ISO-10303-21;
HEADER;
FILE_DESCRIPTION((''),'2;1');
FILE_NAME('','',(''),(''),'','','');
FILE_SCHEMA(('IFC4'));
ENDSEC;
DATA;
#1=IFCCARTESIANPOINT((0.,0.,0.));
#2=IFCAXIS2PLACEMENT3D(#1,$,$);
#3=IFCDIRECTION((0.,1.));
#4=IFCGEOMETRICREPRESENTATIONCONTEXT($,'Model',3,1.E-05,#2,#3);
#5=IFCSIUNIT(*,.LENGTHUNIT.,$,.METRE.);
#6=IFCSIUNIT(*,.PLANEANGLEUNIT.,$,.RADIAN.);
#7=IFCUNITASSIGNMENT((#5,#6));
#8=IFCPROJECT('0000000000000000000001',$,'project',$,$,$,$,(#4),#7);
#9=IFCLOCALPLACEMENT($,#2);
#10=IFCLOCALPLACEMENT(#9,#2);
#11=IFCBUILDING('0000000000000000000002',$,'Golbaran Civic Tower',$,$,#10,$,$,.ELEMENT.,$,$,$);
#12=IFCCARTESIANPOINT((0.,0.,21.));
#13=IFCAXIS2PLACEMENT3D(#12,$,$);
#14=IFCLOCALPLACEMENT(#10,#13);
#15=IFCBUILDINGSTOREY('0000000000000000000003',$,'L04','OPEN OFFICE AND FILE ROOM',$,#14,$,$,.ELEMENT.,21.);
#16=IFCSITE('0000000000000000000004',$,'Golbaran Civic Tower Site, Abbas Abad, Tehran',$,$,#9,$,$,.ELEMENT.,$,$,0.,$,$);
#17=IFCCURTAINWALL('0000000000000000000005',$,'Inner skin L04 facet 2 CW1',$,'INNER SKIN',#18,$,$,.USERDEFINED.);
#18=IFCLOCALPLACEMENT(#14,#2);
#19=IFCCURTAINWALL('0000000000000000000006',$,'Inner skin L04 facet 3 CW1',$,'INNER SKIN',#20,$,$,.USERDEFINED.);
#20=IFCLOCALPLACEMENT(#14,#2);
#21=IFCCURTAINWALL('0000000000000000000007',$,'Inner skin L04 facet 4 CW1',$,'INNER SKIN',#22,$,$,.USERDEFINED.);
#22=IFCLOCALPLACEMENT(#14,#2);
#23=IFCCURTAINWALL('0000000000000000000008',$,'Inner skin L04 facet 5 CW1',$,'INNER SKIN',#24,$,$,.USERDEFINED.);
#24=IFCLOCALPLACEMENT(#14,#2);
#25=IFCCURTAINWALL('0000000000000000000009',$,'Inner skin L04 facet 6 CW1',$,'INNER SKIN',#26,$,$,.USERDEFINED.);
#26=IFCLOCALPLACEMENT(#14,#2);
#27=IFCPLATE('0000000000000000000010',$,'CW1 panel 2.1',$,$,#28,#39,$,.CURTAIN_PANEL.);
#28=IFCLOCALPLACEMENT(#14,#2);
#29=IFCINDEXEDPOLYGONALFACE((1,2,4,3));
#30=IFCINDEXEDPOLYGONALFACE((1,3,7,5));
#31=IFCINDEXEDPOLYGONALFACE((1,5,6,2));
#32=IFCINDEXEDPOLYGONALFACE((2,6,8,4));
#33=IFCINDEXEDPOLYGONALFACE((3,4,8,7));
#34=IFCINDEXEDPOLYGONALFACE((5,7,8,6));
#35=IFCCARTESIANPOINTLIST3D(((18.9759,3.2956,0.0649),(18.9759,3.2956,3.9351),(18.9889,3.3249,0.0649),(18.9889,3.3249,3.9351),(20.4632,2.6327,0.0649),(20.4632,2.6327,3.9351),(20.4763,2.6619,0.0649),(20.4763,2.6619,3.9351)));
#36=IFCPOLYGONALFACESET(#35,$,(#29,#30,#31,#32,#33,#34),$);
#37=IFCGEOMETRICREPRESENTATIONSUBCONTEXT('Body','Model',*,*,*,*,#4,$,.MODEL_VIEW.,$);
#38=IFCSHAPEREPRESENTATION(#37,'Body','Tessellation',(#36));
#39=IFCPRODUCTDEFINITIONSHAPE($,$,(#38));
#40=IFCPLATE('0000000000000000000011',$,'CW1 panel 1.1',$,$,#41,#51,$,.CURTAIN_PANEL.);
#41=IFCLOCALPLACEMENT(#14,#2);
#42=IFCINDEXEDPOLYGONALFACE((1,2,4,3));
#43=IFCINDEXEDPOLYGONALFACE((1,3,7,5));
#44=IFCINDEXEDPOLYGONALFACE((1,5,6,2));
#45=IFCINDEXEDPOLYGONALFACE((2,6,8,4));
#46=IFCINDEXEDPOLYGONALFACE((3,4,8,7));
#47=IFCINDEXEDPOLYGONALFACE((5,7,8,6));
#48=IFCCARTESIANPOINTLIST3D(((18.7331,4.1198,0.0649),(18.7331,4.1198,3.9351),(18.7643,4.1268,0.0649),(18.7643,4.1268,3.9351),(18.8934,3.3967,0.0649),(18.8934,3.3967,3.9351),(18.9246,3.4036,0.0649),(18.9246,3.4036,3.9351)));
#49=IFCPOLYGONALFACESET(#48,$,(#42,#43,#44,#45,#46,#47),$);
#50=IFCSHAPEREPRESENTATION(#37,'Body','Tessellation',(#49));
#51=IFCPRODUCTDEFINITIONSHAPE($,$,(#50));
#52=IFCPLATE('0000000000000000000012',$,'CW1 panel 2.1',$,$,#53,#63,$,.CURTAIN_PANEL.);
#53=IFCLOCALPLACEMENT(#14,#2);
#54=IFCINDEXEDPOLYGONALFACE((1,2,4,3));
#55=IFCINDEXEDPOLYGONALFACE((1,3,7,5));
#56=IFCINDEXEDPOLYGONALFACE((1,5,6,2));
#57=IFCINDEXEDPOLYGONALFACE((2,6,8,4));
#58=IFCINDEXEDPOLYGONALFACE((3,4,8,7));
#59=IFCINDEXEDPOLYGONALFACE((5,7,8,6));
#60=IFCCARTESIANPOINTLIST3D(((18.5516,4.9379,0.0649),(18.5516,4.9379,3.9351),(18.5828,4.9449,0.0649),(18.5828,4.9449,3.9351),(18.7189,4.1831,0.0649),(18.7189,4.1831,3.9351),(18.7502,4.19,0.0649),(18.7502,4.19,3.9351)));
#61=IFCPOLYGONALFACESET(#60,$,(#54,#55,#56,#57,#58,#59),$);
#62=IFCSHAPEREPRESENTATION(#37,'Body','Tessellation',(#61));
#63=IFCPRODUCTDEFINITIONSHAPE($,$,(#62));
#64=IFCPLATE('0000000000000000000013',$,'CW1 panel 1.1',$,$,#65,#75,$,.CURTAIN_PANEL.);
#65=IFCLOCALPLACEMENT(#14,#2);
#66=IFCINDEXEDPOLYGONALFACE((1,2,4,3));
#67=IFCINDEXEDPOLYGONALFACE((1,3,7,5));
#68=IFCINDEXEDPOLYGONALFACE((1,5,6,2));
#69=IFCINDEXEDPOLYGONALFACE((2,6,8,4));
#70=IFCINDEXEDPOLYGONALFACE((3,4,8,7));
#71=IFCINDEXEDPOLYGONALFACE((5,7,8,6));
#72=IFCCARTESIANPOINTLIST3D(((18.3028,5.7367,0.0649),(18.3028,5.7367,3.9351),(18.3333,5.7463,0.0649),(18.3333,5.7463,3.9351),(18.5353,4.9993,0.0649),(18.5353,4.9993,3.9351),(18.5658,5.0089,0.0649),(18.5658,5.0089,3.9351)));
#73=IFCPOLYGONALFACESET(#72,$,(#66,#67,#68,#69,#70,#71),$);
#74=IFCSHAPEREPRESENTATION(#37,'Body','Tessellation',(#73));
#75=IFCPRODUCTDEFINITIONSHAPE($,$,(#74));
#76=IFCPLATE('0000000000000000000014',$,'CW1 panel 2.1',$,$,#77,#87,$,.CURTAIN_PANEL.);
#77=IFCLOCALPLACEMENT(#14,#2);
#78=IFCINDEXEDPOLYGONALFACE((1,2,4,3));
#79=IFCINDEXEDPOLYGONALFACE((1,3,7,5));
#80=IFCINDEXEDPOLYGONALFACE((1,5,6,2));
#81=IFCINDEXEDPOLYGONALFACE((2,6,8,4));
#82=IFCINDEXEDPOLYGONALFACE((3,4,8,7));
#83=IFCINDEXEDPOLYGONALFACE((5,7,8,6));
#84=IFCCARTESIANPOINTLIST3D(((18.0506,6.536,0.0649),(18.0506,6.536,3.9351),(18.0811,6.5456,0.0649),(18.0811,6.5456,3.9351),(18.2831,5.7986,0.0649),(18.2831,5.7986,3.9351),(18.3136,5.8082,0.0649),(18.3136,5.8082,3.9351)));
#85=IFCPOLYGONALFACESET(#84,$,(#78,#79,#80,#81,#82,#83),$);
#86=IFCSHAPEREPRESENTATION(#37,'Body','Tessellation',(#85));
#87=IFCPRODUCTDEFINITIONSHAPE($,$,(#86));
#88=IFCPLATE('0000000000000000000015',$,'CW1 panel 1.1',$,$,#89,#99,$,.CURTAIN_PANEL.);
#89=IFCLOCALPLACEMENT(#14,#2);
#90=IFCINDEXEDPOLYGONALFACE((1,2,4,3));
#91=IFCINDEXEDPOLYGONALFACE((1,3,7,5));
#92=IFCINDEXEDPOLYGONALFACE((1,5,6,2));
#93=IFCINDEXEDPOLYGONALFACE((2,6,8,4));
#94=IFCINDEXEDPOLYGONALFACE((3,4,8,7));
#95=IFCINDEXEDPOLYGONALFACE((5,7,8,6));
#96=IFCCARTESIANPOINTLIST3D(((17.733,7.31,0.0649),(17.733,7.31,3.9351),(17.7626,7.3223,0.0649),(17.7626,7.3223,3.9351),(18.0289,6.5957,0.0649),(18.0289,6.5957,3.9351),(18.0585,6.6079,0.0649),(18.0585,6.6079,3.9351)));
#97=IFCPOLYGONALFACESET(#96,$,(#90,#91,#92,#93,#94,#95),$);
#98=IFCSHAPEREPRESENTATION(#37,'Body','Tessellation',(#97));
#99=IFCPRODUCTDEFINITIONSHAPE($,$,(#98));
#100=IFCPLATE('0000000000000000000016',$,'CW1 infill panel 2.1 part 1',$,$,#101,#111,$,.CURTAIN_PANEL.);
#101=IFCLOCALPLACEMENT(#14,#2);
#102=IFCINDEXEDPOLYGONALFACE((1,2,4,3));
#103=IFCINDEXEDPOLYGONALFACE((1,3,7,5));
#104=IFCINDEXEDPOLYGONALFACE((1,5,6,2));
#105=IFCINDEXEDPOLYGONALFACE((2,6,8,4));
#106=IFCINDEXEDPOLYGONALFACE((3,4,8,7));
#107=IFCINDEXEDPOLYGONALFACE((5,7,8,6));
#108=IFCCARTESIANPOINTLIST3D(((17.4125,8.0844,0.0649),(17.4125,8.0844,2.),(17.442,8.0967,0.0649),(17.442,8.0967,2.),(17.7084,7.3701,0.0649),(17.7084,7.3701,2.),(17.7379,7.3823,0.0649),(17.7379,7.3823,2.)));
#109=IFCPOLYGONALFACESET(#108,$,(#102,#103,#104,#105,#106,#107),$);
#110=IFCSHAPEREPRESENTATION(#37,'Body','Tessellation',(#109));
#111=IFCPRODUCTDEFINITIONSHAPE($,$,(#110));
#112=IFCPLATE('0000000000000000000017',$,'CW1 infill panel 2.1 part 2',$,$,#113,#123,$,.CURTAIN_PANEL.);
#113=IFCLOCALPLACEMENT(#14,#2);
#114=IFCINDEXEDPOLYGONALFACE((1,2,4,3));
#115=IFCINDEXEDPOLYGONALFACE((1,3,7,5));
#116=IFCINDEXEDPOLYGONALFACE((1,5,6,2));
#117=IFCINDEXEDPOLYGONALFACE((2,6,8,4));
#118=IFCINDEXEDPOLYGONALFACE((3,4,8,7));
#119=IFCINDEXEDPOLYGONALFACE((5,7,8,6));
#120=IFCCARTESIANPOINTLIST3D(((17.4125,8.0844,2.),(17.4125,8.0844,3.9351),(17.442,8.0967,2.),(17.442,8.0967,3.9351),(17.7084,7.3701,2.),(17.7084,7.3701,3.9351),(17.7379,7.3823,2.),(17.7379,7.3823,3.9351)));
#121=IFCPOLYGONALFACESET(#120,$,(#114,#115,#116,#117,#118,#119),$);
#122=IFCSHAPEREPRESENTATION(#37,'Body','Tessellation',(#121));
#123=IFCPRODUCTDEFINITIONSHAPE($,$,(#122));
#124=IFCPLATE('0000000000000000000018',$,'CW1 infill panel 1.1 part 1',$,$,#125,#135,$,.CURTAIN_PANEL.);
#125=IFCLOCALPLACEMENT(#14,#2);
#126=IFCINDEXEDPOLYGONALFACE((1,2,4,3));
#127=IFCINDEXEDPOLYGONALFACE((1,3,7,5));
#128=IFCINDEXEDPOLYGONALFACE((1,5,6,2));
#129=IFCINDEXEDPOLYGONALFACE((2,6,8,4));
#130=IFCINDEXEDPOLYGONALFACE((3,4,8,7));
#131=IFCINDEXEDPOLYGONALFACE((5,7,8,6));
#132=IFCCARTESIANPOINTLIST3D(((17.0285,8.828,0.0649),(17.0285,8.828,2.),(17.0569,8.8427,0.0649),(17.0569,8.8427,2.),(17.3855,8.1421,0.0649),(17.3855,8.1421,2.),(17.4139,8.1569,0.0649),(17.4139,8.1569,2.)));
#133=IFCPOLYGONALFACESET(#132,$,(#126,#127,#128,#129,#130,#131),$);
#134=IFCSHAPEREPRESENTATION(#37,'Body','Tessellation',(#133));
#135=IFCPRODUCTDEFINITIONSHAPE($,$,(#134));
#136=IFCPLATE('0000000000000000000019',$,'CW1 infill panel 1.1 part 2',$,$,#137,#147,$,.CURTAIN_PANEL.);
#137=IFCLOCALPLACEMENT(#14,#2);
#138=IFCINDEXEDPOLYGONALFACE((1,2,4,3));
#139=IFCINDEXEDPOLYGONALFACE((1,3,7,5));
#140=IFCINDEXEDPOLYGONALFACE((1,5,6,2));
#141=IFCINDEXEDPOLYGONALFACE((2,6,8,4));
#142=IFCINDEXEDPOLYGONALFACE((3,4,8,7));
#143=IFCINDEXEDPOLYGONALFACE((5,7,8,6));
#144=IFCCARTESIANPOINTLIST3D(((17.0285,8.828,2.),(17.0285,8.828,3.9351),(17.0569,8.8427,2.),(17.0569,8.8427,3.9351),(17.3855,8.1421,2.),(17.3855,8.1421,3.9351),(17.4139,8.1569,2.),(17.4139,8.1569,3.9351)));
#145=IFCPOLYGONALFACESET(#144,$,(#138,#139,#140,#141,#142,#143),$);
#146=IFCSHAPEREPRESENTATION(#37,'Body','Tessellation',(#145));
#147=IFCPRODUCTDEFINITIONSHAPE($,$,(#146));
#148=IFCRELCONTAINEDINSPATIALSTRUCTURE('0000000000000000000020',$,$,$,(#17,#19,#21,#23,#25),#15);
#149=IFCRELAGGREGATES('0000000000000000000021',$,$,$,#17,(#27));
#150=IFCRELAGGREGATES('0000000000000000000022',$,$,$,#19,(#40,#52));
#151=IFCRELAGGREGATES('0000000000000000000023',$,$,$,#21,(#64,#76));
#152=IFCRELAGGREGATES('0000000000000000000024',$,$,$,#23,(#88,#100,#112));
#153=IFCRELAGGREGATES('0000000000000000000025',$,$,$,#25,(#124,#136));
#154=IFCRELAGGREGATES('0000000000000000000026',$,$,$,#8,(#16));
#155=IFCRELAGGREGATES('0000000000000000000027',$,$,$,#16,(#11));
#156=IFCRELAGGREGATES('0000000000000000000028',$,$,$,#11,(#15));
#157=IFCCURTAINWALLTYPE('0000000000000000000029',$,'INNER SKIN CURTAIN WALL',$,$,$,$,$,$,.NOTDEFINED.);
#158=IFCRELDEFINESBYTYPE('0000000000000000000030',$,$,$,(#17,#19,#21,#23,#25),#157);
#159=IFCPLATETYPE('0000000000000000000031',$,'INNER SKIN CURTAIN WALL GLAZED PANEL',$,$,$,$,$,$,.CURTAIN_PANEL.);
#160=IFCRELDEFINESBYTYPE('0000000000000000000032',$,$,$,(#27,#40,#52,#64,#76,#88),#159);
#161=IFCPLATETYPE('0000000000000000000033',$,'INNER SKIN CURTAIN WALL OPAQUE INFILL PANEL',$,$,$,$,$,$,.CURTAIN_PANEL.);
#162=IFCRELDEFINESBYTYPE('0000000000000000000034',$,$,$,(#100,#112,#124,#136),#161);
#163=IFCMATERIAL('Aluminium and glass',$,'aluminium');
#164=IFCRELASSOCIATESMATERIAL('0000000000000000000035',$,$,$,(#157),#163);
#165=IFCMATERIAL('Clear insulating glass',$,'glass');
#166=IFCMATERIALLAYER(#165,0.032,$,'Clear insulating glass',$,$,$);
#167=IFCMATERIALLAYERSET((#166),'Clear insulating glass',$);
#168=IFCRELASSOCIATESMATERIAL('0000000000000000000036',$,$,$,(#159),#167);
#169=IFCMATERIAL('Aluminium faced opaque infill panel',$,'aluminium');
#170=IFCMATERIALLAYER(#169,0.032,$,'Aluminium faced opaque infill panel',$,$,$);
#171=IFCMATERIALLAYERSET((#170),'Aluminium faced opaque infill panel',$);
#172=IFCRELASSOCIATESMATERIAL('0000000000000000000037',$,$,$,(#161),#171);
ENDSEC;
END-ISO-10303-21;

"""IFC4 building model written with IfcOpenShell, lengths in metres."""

from ifc_helpers import new_model, si_unit, direction, frame, origin, origin_2d, place, context, subcontext, project, spatial, rectangle, extrude, material, layer, layer_set, type_object, element, aggregate, save


model = new_model("IFC4")

# Units and contexts
model_context = context("Model", 3, precision=1e-05, world=origin(), true_north=direction((0.0, 1.0)))
body_context = subcontext(model_context, "Body", "Model", "MODEL_VIEW")
ifc_project = project(units=[si_unit("LENGTHUNIT", "METRE"), si_unit("PLANEANGLEUNIT", "RADIAN")], contexts=[model_context])

# Site, building, storey
site_placement = place(None, origin())
site = spatial("IfcSite", under=ifc_project, at=site_placement, Name="Golbaran Civic Tower Site, Abbas Abad, Tehran", CompositionType="ELEMENT", RefElevation=0.0)
building_placement = place(site_placement, origin())
building = spatial("IfcBuilding", under=site, at=building_placement, Name="Golbaran Civic Tower", CompositionType="ELEMENT")
storey_placement = place(building_placement, frame((0.0, 0.0, 21.0)))
storey = spatial("IfcBuildingStorey", under=building, at=storey_placement, Name="L04", Description="OPEN OFFICE AND FILE ROOM", CompositionType="ELEMENT", Elevation=21.0)

# Curtain walls
ifc_material_1 = material(Name="Aluminium and glass", Category="aluminium")
curtain_wall_type = type_object("IfcCurtainWallType", Name="INNER SKIN CURTAIN WALL", PredefinedType="NOTDEFINED", material=ifc_material_1)
curtain_wall_1_placement = place(storey_placement, origin())
curtain_wall_1 = element("IfcCurtainWall", 1, at=curtain_wall_1_placement, inside=storey, type_object=curtain_wall_type, Name="Inner skin L04 facet 2 CW1", ObjectType="INNER SKIN", PredefinedType="USERDEFINED")
curtain_wall_2_placement = place(storey_placement, origin())
curtain_wall_2 = element("IfcCurtainWall", 2, at=curtain_wall_2_placement, inside=storey, type_object=curtain_wall_type, Name="Inner skin L04 facet 3 CW1", ObjectType="INNER SKIN", PredefinedType="USERDEFINED")
curtain_wall_3_placement = place(storey_placement, origin())
curtain_wall_3 = element("IfcCurtainWall", 3, at=curtain_wall_3_placement, inside=storey, type_object=curtain_wall_type, Name="Inner skin L04 facet 4 CW1", ObjectType="INNER SKIN", PredefinedType="USERDEFINED")
curtain_wall_4_placement = place(storey_placement, origin())
curtain_wall_4 = element("IfcCurtainWall", 4, at=curtain_wall_4_placement, inside=storey, type_object=curtain_wall_type, Name="Inner skin L04 facet 5 CW1", ObjectType="INNER SKIN", PredefinedType="USERDEFINED")

# Curtain wall
curtain_wall_5_placement = place(storey_placement, origin())
curtain_wall_5 = element("IfcCurtainWall", 5, at=curtain_wall_5_placement, inside=storey, type_object=curtain_wall_type, Name="Inner skin L04 facet 6 CW1", ObjectType="INNER SKIN", PredefinedType="USERDEFINED")

# Plates
ifc_material_2 = material(Name="Clear insulating glass", Category="glass")
ifc_layer_1 = layer(ifc_material_2, 0.032, Name="Clear insulating glass")
ifc_layer_set_1 = layer_set([ifc_layer_1], Name="Clear insulating glass")
plate_type_1 = type_object("IfcPlateType", Name="INNER SKIN CURTAIN WALL GLAZED PANEL", PredefinedType="CURTAIN_PANEL", material=ifc_layer_set_1)
plate_1_placement = place(storey_placement, frame((19.7261, 2.9788, 0.0649), z_axis=(0.0, 0.0, 1.0), x_axis=(-0.913367, 0.407136, 0.0)))
plate_1 = element("IfcPlate", 6, at=plate_1_placement, type_object=plate_type_1, Name="CW1 panel 2.1", PredefinedType="CURTAIN_PANEL", context=body_context, shape_type="SweptSolid", body=[
    extrude(rectangle(XDim=1.6284, YDim=0.032, at=origin_2d()), origin(), (0.0, 0.0, 1.0), 3.8701),
])
aggregate(curtain_wall_1, [plate_1])
plate_2_placement = place(storey_placement, frame((18.8289, 3.7617, 0.0649), z_axis=(0.0, 0.0, 1.0), x_axis=(-0.21644, 0.976296, 0.0)))
plate_2 = element("IfcPlate", 7, at=plate_2_placement, type_object=plate_type_1, Name="CW1 panel 1.1", PredefinedType="CURTAIN_PANEL", context=body_context, shape_type="SweptSolid", body=[
    extrude(rectangle(XDim=0.7407, YDim=0.032, at=origin_2d()), origin(), (0.0, 0.0, 1.0), 3.8701),
])
plate_3_placement = place(storey_placement, frame((18.6509, 4.564, 0.0649), z_axis=(0.0, 0.0, 1.0), x_axis=(-0.21644, 0.976296, 0.0)))
plate_3 = element("IfcPlate", 8, at=plate_3_placement, type_object=plate_type_1, Name="CW1 panel 2.1", PredefinedType="CURTAIN_PANEL", context=body_context, shape_type="SweptSolid", body=[
    extrude(rectangle(XDim=0.7732, YDim=0.032, at=origin_2d()), origin(), (0.0, 0.0, 1.0), 3.8701),
])
aggregate(curtain_wall_2, [plate_2, plate_3])
plate_4_placement = place(storey_placement, frame((18.4343, 5.3728, 0.0649), z_axis=(0.0, 0.0, 1.0), x_axis=(-0.300706, 0.953717, 0.0)))
plate_4 = element("IfcPlate", 9, at=plate_4_placement, type_object=plate_type_1, Name="CW1 panel 1.1", PredefinedType="CURTAIN_PANEL", context=body_context, shape_type="SweptSolid", body=[
    extrude(rectangle(XDim=0.7732, YDim=0.032, at=origin_2d()), origin(), (0.0, 0.0, 1.0), 3.8701),
])
plate_5_placement = place(storey_placement, frame((18.1821, 6.1721, 0.0649), z_axis=(0.0, 0.0, 1.0), x_axis=(-0.300706, 0.953717, 0.0)))
plate_5 = element("IfcPlate", 10, at=plate_5_placement, type_object=plate_type_1, Name="CW1 panel 2.1", PredefinedType="CURTAIN_PANEL", context=body_context, shape_type="SweptSolid", body=[
    extrude(rectangle(XDim=0.7732, YDim=0.032, at=origin_2d()), origin(), (0.0, 0.0, 1.0), 3.8701),
])
aggregate(curtain_wall_3, [plate_4, plate_5])
plate_6_placement = place(storey_placement, frame((17.8958, 6.959, 0.0649), z_axis=(0.0, 0.0, 1.0), x_axis=(-0.382683, 0.92388, 0.0)))
plate_6 = element("IfcPlate", 11, at=plate_6_placement, type_object=plate_type_1, Name="CW1 panel 1.1", PredefinedType="CURTAIN_PANEL", context=body_context, shape_type="SweptSolid", body=[
    extrude(rectangle(XDim=0.7732, YDim=0.032, at=origin_2d()), origin(), (0.0, 0.0, 1.0), 3.8701),
])
ifc_material_3 = material(Name="Aluminium faced opaque infill panel", Category="aluminium")
ifc_layer_2 = layer(ifc_material_3, 0.032, Name="Aluminium faced opaque infill panel")
ifc_layer_set_2 = layer_set([ifc_layer_2], Name="Aluminium faced opaque infill panel")
plate_type_2 = type_object("IfcPlateType", Name="INNER SKIN CURTAIN WALL OPAQUE INFILL PANEL", PredefinedType="CURTAIN_PANEL", material=ifc_layer_set_2)
plate_7_placement = place(storey_placement, frame((17.5752, 7.7334, 0.0649), z_axis=(0.0, 0.0, 1.0), x_axis=(-0.382683, 0.92388, 0.0)))
plate_7 = element("IfcPlate", 12, at=plate_7_placement, type_object=plate_type_2, Name="CW1 infill panel 2.1 part 1", PredefinedType="CURTAIN_PANEL", context=body_context, shape_type="SweptSolid", body=[
    extrude(rectangle(XDim=0.7732, YDim=0.032, at=origin_2d()), origin(), (0.0, 0.0, 1.0), 1.9351),
])
plate_8_placement = place(storey_placement, frame((17.5752, 7.7334, 2.0), z_axis=(0.0, 0.0, 1.0), x_axis=(-0.382683, 0.92388, 0.0)))
plate_8 = element("IfcPlate", 13, at=plate_8_placement, type_object=plate_type_2, Name="CW1 infill panel 2.1 part 2", PredefinedType="CURTAIN_PANEL", context=body_context, shape_type="SweptSolid", body=[
    extrude(rectangle(XDim=0.7732, YDim=0.032, at=origin_2d()), origin(), (0.0, 0.0, 1.0), 1.9351),
])
aggregate(curtain_wall_4, [plate_6, plate_7, plate_8])
plate_9_placement = place(storey_placement, frame((17.2212, 8.4924, 0.0649), z_axis=(0.0, 0.0, 1.0), x_axis=(-0.461749, 0.887011, 0.0)))
plate_9 = element("IfcPlate", 14, at=plate_9_placement, type_object=plate_type_2, Name="CW1 infill panel 1.1 part 1", PredefinedType="CURTAIN_PANEL", context=body_context, shape_type="SweptSolid", body=[
    extrude(rectangle(XDim=0.7732, YDim=0.032, at=origin_2d()), origin(), (0.0, 0.0, 1.0), 1.9351),
])
plate_10_placement = place(storey_placement, frame((17.2212, 8.4924, 2.0), z_axis=(0.0, 0.0, 1.0), x_axis=(-0.461749, 0.887011, 0.0)))
plate_10 = element("IfcPlate", 15, at=plate_10_placement, type_object=plate_type_2, Name="CW1 infill panel 1.1 part 2", PredefinedType="CURTAIN_PANEL", context=body_context, shape_type="SweptSolid", body=[
    extrude(rectangle(XDim=0.7732, YDim=0.032, at=origin_2d()), origin(), (0.0, 0.0, 1.0), 1.9351),
])
aggregate(curtain_wall_5, [plate_9, plate_10])

save(model, "model.ifc")
